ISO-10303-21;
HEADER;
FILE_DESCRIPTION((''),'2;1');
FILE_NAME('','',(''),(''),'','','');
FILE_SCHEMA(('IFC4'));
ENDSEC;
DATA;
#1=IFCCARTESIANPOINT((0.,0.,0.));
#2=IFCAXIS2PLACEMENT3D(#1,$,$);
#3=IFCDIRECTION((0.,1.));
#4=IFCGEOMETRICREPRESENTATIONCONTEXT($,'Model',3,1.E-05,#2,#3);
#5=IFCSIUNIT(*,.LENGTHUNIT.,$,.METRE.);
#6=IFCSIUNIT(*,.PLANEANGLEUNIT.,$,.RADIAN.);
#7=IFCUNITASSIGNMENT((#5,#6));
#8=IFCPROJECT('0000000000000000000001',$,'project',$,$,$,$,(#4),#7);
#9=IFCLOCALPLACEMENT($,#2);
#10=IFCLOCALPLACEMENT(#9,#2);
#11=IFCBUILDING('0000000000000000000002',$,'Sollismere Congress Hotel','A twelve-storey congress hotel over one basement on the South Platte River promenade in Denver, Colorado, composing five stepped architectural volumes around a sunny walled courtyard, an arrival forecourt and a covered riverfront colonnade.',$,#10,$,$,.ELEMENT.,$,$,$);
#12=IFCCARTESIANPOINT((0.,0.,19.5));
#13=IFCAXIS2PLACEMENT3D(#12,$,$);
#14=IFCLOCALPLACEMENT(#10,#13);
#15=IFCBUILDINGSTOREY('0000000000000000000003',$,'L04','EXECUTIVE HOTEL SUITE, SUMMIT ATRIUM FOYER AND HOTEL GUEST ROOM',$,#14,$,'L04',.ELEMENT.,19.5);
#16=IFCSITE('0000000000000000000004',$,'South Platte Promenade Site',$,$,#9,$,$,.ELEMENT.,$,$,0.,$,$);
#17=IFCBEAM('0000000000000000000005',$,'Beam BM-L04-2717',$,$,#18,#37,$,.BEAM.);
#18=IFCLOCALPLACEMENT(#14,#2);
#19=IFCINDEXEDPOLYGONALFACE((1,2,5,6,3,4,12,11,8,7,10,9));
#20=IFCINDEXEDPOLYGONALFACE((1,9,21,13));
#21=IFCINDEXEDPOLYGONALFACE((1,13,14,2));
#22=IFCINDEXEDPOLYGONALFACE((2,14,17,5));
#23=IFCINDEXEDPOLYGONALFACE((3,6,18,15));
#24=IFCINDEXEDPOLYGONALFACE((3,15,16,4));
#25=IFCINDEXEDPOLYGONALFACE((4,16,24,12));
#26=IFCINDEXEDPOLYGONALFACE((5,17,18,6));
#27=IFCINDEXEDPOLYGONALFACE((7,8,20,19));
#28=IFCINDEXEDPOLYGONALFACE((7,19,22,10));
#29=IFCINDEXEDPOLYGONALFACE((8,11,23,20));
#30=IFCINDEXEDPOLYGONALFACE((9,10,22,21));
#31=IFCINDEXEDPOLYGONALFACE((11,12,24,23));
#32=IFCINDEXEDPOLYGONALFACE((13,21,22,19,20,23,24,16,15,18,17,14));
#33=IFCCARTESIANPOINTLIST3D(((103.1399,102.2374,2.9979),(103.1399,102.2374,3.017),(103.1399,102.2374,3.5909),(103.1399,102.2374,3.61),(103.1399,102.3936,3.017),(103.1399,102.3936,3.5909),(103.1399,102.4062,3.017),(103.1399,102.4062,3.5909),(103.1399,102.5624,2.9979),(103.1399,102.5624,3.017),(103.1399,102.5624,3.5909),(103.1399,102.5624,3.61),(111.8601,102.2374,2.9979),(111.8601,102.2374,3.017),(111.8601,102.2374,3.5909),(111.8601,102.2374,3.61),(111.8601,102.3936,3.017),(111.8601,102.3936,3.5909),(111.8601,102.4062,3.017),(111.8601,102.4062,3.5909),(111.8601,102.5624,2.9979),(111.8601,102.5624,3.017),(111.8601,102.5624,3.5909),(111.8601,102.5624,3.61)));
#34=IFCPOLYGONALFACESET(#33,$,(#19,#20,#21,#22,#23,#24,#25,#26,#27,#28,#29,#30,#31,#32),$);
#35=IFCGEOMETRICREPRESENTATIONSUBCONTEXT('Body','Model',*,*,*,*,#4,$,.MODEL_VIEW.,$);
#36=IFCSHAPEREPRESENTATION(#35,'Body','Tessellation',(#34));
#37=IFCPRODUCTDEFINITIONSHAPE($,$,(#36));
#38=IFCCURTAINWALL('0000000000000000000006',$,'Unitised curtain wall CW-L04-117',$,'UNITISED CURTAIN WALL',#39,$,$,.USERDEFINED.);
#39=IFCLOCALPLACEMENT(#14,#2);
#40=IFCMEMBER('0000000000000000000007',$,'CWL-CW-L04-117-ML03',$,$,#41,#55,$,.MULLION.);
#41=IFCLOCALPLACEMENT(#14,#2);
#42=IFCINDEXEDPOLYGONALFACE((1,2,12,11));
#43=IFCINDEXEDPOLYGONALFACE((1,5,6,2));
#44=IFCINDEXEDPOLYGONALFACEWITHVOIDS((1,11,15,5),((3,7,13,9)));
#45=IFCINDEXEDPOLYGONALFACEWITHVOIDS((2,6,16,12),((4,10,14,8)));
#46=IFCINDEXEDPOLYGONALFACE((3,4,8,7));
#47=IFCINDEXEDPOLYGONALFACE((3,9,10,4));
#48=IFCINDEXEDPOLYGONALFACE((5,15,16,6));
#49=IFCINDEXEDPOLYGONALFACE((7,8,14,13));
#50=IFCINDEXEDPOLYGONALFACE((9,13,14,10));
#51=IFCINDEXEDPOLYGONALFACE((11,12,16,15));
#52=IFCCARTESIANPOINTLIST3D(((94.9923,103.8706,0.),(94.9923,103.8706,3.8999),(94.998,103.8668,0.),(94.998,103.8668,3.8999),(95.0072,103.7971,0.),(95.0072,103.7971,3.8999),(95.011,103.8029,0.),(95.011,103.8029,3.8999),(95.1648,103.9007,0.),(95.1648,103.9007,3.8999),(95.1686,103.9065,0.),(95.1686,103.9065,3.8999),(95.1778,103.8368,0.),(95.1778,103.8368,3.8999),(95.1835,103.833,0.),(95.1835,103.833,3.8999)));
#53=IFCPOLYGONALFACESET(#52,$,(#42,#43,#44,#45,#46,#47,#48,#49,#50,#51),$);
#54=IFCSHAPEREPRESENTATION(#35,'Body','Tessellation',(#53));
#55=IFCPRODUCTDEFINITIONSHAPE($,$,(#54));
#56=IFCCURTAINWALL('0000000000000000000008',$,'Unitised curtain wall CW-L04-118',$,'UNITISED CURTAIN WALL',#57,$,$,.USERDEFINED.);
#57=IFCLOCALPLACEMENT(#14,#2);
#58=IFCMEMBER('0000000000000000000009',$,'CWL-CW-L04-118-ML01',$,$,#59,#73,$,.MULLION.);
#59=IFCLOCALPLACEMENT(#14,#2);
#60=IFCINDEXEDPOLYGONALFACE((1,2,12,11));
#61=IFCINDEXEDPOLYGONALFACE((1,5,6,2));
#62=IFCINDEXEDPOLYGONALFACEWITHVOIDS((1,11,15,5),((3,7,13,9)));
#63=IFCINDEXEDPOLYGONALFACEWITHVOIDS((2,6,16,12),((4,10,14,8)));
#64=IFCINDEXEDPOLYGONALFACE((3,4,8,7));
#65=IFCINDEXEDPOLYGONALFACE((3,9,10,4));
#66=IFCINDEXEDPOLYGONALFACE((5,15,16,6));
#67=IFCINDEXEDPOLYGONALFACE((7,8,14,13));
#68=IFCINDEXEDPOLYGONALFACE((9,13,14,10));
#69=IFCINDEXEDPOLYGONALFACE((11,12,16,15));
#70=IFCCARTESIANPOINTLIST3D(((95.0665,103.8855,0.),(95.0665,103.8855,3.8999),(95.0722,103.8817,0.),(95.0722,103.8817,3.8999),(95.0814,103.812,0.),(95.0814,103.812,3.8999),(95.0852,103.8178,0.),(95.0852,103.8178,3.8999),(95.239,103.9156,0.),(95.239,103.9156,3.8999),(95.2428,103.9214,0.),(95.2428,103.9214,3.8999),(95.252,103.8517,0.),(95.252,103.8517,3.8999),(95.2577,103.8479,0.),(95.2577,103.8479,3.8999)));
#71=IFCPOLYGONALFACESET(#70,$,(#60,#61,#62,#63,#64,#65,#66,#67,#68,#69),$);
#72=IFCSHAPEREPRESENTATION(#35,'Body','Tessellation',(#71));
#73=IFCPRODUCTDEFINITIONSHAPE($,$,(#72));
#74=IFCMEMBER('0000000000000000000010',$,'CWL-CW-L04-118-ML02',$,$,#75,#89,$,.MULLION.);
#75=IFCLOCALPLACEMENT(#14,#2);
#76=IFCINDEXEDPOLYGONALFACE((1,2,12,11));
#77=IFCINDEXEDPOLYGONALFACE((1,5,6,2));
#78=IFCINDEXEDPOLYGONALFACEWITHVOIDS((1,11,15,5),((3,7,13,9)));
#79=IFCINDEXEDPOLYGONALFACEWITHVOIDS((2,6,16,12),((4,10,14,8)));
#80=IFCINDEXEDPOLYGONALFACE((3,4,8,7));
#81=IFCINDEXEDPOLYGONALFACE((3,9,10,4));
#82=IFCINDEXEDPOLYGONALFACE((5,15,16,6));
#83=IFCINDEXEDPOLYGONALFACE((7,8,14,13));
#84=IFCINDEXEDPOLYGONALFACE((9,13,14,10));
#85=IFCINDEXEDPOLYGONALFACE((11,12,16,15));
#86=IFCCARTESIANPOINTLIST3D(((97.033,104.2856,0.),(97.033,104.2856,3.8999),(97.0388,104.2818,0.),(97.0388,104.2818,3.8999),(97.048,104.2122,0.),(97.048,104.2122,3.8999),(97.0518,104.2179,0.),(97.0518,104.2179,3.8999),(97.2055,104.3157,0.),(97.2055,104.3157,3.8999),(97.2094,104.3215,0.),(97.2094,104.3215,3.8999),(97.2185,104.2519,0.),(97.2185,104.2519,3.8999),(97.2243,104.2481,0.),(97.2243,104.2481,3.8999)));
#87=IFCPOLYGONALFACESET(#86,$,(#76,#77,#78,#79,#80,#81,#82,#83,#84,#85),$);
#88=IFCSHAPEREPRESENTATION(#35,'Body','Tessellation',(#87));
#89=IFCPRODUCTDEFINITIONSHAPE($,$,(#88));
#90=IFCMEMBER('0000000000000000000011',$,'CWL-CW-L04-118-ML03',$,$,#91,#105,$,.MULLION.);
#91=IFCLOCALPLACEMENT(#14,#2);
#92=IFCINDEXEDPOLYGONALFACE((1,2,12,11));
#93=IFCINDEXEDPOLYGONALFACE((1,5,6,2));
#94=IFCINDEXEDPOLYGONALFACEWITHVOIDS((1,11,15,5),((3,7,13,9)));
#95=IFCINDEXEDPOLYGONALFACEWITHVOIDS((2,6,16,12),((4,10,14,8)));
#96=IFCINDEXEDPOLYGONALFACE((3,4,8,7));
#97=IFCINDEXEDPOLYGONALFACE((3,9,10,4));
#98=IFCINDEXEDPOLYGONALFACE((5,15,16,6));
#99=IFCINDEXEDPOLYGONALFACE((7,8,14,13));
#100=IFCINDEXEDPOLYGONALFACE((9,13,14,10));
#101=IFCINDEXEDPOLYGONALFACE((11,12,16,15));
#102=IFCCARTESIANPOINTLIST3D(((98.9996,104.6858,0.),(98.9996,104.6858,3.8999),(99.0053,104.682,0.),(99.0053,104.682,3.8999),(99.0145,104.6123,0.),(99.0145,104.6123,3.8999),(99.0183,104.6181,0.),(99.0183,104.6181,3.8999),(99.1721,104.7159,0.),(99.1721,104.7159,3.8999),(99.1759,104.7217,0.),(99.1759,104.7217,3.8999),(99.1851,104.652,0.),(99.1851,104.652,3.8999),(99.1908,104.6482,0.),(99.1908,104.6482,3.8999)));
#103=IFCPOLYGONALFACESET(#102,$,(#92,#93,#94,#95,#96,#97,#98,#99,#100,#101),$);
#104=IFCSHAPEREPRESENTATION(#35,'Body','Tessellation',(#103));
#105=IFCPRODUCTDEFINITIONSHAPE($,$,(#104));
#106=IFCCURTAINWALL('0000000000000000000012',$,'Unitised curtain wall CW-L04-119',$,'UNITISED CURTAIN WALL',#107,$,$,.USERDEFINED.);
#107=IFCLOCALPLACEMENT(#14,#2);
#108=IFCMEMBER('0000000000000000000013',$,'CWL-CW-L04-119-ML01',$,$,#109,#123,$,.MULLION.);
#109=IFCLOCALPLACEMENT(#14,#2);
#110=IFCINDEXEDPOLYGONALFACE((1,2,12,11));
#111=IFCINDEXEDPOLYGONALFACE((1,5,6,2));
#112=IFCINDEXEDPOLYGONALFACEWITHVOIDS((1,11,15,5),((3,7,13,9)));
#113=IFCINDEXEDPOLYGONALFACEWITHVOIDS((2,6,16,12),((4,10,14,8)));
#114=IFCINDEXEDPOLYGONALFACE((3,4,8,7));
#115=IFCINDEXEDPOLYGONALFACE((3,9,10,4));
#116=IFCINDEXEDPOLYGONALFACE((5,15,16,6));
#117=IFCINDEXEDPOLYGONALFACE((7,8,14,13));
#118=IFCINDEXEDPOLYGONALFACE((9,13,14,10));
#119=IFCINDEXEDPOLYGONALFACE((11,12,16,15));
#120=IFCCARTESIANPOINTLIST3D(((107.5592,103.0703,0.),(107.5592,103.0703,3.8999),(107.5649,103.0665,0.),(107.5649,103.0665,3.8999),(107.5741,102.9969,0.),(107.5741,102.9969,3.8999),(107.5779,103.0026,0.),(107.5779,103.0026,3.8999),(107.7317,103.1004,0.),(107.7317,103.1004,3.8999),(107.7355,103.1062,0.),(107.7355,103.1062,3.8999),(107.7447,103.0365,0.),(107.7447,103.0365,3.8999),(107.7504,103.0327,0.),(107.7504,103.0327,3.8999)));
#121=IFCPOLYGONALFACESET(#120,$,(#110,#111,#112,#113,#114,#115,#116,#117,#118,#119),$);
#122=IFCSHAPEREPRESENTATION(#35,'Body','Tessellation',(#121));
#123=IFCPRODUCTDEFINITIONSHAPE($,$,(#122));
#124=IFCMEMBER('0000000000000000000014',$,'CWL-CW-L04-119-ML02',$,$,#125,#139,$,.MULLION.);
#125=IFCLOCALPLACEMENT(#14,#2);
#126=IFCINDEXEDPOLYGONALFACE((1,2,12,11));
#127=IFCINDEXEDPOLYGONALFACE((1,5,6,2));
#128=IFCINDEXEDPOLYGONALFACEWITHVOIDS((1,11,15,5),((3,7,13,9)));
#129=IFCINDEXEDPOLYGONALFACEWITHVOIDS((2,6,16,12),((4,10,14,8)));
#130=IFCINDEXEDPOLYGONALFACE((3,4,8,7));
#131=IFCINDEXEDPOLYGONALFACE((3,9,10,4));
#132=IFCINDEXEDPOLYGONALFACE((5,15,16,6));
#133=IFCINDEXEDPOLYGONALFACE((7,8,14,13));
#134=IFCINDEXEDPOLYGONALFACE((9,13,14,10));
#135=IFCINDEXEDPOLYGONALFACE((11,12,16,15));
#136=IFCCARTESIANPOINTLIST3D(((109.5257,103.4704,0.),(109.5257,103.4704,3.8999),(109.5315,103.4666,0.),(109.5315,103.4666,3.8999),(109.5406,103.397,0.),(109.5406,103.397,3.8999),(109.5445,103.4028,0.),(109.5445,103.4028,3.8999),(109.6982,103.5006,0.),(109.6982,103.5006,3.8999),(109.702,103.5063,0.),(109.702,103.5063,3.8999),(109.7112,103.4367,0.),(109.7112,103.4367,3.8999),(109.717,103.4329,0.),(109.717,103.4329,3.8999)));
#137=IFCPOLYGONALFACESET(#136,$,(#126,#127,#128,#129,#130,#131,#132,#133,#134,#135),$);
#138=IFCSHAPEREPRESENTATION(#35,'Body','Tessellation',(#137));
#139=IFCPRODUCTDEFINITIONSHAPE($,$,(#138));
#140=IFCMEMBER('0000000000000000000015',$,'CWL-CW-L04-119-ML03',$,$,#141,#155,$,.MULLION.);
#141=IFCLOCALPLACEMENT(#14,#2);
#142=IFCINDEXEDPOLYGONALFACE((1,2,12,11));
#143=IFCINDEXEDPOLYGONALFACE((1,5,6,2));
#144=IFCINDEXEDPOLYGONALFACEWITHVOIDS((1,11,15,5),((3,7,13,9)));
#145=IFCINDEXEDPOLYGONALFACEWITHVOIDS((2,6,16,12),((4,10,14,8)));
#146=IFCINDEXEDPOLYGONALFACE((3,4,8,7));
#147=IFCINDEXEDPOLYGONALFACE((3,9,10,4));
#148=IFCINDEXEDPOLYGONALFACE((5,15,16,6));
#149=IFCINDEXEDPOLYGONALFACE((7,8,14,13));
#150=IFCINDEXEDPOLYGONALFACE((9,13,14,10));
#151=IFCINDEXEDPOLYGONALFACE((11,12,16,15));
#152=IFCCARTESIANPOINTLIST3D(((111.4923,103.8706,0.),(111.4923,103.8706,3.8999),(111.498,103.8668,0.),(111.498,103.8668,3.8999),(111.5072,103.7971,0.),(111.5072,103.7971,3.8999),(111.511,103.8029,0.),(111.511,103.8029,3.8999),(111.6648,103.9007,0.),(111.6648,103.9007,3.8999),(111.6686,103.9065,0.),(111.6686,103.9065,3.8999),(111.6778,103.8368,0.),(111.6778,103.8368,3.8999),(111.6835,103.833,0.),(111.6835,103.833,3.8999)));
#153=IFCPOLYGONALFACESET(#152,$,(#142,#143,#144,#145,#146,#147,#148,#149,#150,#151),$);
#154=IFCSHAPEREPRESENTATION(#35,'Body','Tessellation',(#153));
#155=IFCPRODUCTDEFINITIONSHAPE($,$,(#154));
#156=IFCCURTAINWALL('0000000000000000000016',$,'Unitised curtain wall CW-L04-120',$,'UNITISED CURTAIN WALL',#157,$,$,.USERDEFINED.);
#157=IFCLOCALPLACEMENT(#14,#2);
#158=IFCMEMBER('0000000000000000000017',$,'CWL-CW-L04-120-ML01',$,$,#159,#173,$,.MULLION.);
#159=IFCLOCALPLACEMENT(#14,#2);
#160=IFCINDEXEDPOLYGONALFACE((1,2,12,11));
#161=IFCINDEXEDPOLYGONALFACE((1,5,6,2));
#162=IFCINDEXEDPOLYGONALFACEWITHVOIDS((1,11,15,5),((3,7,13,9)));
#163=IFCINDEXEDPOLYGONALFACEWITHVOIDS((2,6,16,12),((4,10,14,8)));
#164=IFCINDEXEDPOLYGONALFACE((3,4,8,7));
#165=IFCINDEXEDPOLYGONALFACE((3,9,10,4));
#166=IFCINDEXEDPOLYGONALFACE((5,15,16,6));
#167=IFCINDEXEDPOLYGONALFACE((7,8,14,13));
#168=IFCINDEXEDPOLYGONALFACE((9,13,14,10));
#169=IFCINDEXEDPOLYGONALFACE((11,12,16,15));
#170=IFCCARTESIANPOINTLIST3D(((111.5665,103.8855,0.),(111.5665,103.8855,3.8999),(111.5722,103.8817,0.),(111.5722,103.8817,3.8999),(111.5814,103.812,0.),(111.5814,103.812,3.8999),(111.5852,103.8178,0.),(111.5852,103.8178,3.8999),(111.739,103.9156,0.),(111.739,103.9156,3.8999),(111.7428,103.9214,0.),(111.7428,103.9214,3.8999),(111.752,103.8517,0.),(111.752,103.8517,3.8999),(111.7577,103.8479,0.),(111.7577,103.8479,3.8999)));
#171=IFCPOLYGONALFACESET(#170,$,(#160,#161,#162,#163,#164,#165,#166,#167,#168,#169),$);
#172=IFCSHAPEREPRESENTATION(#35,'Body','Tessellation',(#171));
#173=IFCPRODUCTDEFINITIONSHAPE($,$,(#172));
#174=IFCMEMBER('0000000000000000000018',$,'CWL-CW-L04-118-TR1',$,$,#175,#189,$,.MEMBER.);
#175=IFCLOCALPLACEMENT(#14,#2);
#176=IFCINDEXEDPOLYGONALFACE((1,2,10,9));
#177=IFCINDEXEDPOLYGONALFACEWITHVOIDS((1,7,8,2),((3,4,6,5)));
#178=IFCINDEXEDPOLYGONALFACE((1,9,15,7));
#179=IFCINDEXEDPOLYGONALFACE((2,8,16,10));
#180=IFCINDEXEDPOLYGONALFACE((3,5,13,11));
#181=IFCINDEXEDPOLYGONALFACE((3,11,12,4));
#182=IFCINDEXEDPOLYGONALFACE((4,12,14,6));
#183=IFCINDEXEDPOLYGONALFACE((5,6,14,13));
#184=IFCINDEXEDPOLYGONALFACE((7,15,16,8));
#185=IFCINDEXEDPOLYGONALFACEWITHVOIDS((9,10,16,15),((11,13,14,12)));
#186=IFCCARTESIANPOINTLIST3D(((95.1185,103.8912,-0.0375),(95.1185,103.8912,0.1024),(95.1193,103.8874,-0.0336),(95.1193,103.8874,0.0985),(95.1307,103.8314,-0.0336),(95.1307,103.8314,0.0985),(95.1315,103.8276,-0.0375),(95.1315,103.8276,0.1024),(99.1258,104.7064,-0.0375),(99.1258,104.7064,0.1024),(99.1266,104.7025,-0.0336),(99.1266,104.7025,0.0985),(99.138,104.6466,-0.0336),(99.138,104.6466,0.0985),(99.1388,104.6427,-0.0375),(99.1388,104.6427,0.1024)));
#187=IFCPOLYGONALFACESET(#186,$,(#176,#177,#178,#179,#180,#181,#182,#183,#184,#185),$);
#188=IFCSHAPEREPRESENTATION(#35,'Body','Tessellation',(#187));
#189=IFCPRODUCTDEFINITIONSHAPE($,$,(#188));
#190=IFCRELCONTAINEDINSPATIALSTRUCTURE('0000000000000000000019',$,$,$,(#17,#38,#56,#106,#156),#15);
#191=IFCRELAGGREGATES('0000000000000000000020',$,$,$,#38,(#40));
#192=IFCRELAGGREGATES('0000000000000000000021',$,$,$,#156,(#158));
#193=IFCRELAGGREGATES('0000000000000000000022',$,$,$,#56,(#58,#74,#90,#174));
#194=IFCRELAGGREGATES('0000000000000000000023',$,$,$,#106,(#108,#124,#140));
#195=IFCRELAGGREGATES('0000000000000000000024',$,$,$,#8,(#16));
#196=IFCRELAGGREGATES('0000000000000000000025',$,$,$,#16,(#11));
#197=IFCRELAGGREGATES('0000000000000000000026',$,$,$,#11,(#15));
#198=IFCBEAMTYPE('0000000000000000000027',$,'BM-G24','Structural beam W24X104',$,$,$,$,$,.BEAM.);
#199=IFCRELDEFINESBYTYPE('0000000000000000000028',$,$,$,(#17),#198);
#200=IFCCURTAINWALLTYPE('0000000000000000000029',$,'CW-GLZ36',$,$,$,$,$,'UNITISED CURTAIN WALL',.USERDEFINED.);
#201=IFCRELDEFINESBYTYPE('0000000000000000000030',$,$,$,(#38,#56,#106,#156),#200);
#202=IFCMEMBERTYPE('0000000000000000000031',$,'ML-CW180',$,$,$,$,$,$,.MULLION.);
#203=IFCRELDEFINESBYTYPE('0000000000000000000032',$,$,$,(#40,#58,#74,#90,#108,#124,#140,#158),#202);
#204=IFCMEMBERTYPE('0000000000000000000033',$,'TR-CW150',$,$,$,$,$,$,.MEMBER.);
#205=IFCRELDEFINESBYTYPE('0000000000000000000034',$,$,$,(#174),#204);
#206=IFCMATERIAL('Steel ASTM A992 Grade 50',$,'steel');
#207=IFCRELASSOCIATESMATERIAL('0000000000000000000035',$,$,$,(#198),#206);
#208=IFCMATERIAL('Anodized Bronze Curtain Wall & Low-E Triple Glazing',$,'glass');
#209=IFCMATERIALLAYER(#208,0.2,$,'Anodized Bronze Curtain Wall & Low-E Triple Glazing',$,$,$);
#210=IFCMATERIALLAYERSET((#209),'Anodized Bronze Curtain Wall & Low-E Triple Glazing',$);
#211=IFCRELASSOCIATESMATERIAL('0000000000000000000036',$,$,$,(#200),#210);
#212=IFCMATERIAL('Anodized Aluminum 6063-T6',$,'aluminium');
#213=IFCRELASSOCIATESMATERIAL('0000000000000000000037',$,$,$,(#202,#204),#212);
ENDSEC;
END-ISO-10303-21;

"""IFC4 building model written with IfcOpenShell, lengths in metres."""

from ifc_helpers import new_model, si_unit, direction, frame, origin, origin_2d, place, context, subcontext, project, spatial, hollow_rectangle, i_section, extrude, material, layer, layer_set, material_profile, profile_set, type_object, element, aggregate, save


model = new_model("IFC4")

# Units and contexts
model_context = context("Model", 3, precision=1e-05, world=origin(), true_north=direction((0.0, 1.0)))
body_context = subcontext(model_context, "Body", "Model", "MODEL_VIEW")
ifc_project = project(units=[si_unit("LENGTHUNIT", "METRE"), si_unit("PLANEANGLEUNIT", "RADIAN")], contexts=[model_context])

# Site, building, storey
site_placement = place(None, origin())
site = spatial("IfcSite", under=ifc_project, at=site_placement, Name="South Platte Promenade Site", CompositionType="ELEMENT", RefElevation=0.0)
building_placement = place(site_placement, origin())
building = spatial("IfcBuilding", under=site, at=building_placement, Name="Sollismere Congress Hotel", Description="A twelve-storey congress hotel over one basement on the South Platte River promenade in Denver, Colorado, composing five stepped architectural volumes around a sunny walled courtyard, an arrival forecourt and a covered riverfront colonnade.", CompositionType="ELEMENT")
storey_placement = place(building_placement, frame((0.0, 0.0, 19.5)))
storey = spatial("IfcBuildingStorey", under=building, at=storey_placement, Name="L04", Description="EXECUTIVE HOTEL SUITE, SUMMIT ATRIUM FOYER AND HOTEL GUEST ROOM", LongName="L04", CompositionType="ELEMENT", Elevation=19.5)

# Beam
ifc_material_1 = material(Name="Steel ASTM A992 Grade 50", Category="steel")
ifc_material_profile_1 = material_profile(ifc_material_1, i_section(OverallWidth=0.325, OverallDepth=0.6121, WebThickness=0.0127, FlangeThickness=0.019, at=origin_2d()), Name="W24X104")
ifc_profile_set_1 = profile_set([ifc_material_profile_1], Name="Steel ASTM A992 Grade 50")
beam_type = type_object("IfcBeamType", Name="BM-G24", Description="Structural beam W24X104", PredefinedType="BEAM", material=ifc_profile_set_1)
beam_placement = place(storey_placement, frame((103.1399, 102.3999, 3.304), z_axis=(1.0, 0.0, 0.0), x_axis=(0.0, 1.0, 0.0)))
element("IfcBeam", 1, at=beam_placement, inside=storey, type_object=beam_type, Name="Beam BM-L04-2717", PredefinedType="BEAM", context=body_context, shape_type="SweptSolid", body=[
    extrude(i_section(OverallWidth=0.325, OverallDepth=0.6121, WebThickness=0.0127, FlangeThickness=0.019, at=origin_2d()), origin(), (0.0, 0.0, 1.0), 8.7202),
])

# Curtain wall, member
ifc_material_2 = material(Name="Anodized Bronze Curtain Wall & Low-E Triple Glazing", Category="glass")
ifc_layer_1 = layer(ifc_material_2, 0.2, Name="Anodized Bronze Curtain Wall & Low-E Triple Glazing")
ifc_layer_set_1 = layer_set([ifc_layer_1], Name="Anodized Bronze Curtain Wall & Low-E Triple Glazing")
curtain_wall_type = type_object("IfcCurtainWallType", Name="CW-GLZ36", ElementType="UNITISED CURTAIN WALL", PredefinedType="USERDEFINED", material=ifc_layer_set_1)
curtain_wall_1_placement = place(storey_placement, origin())
curtain_wall_1 = element("IfcCurtainWall", 2, at=curtain_wall_1_placement, inside=storey, type_object=curtain_wall_type, Name="Unitised curtain wall CW-L04-117", ObjectType="UNITISED CURTAIN WALL", PredefinedType="USERDEFINED")
ifc_material_3 = material(Name="Anodized Aluminum 6063-T6", Category="aluminium")
ifc_material_profile_2 = material_profile(ifc_material_3, hollow_rectangle(XDim=0.075, YDim=0.1799, WallThickness=0.0049, at=origin_2d()), Name="ALU180X75X5")
ifc_profile_set_2 = profile_set([ifc_material_profile_2], Name="Anodized Aluminum 6063-T6")
member_type_1 = type_object("IfcMemberType", Name="ML-CW180", PredefinedType="MULLION", material=ifc_profile_set_2)
member_1_placement = place(storey_placement, frame((95.0879, 103.8518, 0.0), z_axis=(0.0, 0.0, 1.0), x_axis=(-0.199368, 0.979925, 0.0)))
member_1 = element("IfcMember", 3, at=member_1_placement, type_object=member_type_1, Name="CWL-CW-L04-117-ML03", PredefinedType="MULLION", context=body_context, shape_type="SweptSolid", body=[
    extrude(hollow_rectangle(XDim=0.075, YDim=0.1799, WallThickness=0.0049, at=origin_2d()), origin(), (0.0, 0.0, 1.0), 3.8999),
])
aggregate(curtain_wall_1, [member_1])

# Curtain walls, members
curtain_wall_2_placement = place(storey_placement, origin())
curtain_wall_2 = element("IfcCurtainWall", 4, at=curtain_wall_2_placement, inside=storey, type_object=curtain_wall_type, Name="Unitised curtain wall CW-L04-118", ObjectType="UNITISED CURTAIN WALL", PredefinedType="USERDEFINED")
member_2_placement = place(storey_placement, frame((95.1621, 103.8667, 0.0), z_axis=(0.0, 0.0, 1.0), x_axis=(-0.199368, 0.979925, 0.0)))
member_2 = element("IfcMember", 5, at=member_2_placement, type_object=member_type_1, Name="CWL-CW-L04-118-ML01", PredefinedType="MULLION", context=body_context, shape_type="SweptSolid", body=[
    extrude(hollow_rectangle(XDim=0.075, YDim=0.1799, WallThickness=0.0049, at=origin_2d()), origin(), (0.0, 0.0, 1.0), 3.8999),
])
member_3_placement = place(storey_placement, frame((97.1287, 104.2668, 0.0), z_axis=(0.0, 0.0, 1.0), x_axis=(-0.199368, 0.979925, 0.0)))
member_3 = element("IfcMember", 6, at=member_3_placement, type_object=member_type_1, Name="CWL-CW-L04-118-ML02", PredefinedType="MULLION", context=body_context, shape_type="SweptSolid", body=[
    extrude(hollow_rectangle(XDim=0.075, YDim=0.1799, WallThickness=0.0049, at=origin_2d()), origin(), (0.0, 0.0, 1.0), 3.8999),
])
member_4_placement = place(storey_placement, frame((99.0952, 104.667, 0.0), z_axis=(0.0, 0.0, 1.0), x_axis=(-0.199368, 0.979925, 0.0)))
member_4 = element("IfcMember", 7, at=member_4_placement, type_object=member_type_1, Name="CWL-CW-L04-118-ML03", PredefinedType="MULLION", context=body_context, shape_type="SweptSolid", body=[
    extrude(hollow_rectangle(XDim=0.075, YDim=0.1799, WallThickness=0.0049, at=origin_2d()), origin(), (0.0, 0.0, 1.0), 3.8999),
])
curtain_wall_3_placement = place(storey_placement, origin())
curtain_wall_3 = element("IfcCurtainWall", 8, at=curtain_wall_3_placement, inside=storey, type_object=curtain_wall_type, Name="Unitised curtain wall CW-L04-119", ObjectType="UNITISED CURTAIN WALL", PredefinedType="USERDEFINED")
member_5_placement = place(storey_placement, frame((107.6548, 103.0515, 0.0), z_axis=(0.0, 0.0, 1.0), x_axis=(-0.199368, 0.979925, 0.0)))
member_5 = element("IfcMember", 9, at=member_5_placement, type_object=member_type_1, Name="CWL-CW-L04-119-ML01", PredefinedType="MULLION", context=body_context, shape_type="SweptSolid", body=[
    extrude(hollow_rectangle(XDim=0.075, YDim=0.1799, WallThickness=0.0049, at=origin_2d()), origin(), (0.0, 0.0, 1.0), 3.8999),
])
member_6_placement = place(storey_placement, frame((109.6213, 103.4517, 0.0), z_axis=(0.0, 0.0, 1.0), x_axis=(-0.199368, 0.979925, 0.0)))
member_6 = element("IfcMember", 10, at=member_6_placement, type_object=member_type_1, Name="CWL-CW-L04-119-ML02", PredefinedType="MULLION", context=body_context, shape_type="SweptSolid", body=[
    extrude(hollow_rectangle(XDim=0.075, YDim=0.1799, WallThickness=0.0049, at=origin_2d()), origin(), (0.0, 0.0, 1.0), 3.8999),
])
member_7_placement = place(storey_placement, frame((111.5879, 103.8518, 0.0), z_axis=(0.0, 0.0, 1.0), x_axis=(-0.199368, 0.979925, 0.0)))
member_7 = element("IfcMember", 11, at=member_7_placement, type_object=member_type_1, Name="CWL-CW-L04-119-ML03", PredefinedType="MULLION", context=body_context, shape_type="SweptSolid", body=[
    extrude(hollow_rectangle(XDim=0.075, YDim=0.1799, WallThickness=0.0049, at=origin_2d()), origin(), (0.0, 0.0, 1.0), 3.8999),
])

# Curtain wall, member
curtain_wall_4_placement = place(storey_placement, origin())
curtain_wall_4 = element("IfcCurtainWall", 12, at=curtain_wall_4_placement, inside=storey, type_object=curtain_wall_type, Name="Unitised curtain wall CW-L04-120", ObjectType="UNITISED CURTAIN WALL", PredefinedType="USERDEFINED")
member_8_placement = place(storey_placement, frame((111.6621, 103.8667, 0.0), z_axis=(0.0, 0.0, 1.0), x_axis=(-0.199368, 0.979925, 0.0)))
member_8 = element("IfcMember", 13, at=member_8_placement, type_object=member_type_1, Name="CWL-CW-L04-120-ML01", PredefinedType="MULLION", context=body_context, shape_type="SweptSolid", body=[
    extrude(hollow_rectangle(XDim=0.075, YDim=0.1799, WallThickness=0.0049, at=origin_2d()), origin(), (0.0, 0.0, 1.0), 3.8999),
])

# Member
ifc_material_profile_3 = material_profile(ifc_material_3, hollow_rectangle(XDim=0.0649, YDim=0.1399, WallThickness=0.0039, at=origin_2d()), Name="ALU140X65X4")
ifc_profile_set_3 = profile_set([ifc_material_profile_3], Name="Anodized Aluminum 6063-T6")
member_type_2 = type_object("IfcMemberType", Name="TR-CW150", PredefinedType="MEMBER", material=ifc_profile_set_3)
member_9_placement = place(storey_placement, frame((95.125, 103.8594, 0.0325), z_axis=(0.97993, 0.199341, 0.0), x_axis=(-0.199341, 0.97993, 0.0)))
member_9 = element("IfcMember", 14, at=member_9_placement, type_object=member_type_2, Name="CWL-CW-L04-118-TR1", PredefinedType="MEMBER", context=body_context, shape_type="SweptSolid", body=[
    extrude(hollow_rectangle(XDim=0.0649, YDim=0.1399, WallThickness=0.0039, at=origin_2d()), origin(), (0.0, 0.0, 1.0), 4.0894),
])
aggregate(curtain_wall_4, [member_8])

aggregate(curtain_wall_2, [member_2, member_3, member_4, member_9])
aggregate(curtain_wall_3, [member_5, member_6, member_7])

save(model, "model.ifc")
